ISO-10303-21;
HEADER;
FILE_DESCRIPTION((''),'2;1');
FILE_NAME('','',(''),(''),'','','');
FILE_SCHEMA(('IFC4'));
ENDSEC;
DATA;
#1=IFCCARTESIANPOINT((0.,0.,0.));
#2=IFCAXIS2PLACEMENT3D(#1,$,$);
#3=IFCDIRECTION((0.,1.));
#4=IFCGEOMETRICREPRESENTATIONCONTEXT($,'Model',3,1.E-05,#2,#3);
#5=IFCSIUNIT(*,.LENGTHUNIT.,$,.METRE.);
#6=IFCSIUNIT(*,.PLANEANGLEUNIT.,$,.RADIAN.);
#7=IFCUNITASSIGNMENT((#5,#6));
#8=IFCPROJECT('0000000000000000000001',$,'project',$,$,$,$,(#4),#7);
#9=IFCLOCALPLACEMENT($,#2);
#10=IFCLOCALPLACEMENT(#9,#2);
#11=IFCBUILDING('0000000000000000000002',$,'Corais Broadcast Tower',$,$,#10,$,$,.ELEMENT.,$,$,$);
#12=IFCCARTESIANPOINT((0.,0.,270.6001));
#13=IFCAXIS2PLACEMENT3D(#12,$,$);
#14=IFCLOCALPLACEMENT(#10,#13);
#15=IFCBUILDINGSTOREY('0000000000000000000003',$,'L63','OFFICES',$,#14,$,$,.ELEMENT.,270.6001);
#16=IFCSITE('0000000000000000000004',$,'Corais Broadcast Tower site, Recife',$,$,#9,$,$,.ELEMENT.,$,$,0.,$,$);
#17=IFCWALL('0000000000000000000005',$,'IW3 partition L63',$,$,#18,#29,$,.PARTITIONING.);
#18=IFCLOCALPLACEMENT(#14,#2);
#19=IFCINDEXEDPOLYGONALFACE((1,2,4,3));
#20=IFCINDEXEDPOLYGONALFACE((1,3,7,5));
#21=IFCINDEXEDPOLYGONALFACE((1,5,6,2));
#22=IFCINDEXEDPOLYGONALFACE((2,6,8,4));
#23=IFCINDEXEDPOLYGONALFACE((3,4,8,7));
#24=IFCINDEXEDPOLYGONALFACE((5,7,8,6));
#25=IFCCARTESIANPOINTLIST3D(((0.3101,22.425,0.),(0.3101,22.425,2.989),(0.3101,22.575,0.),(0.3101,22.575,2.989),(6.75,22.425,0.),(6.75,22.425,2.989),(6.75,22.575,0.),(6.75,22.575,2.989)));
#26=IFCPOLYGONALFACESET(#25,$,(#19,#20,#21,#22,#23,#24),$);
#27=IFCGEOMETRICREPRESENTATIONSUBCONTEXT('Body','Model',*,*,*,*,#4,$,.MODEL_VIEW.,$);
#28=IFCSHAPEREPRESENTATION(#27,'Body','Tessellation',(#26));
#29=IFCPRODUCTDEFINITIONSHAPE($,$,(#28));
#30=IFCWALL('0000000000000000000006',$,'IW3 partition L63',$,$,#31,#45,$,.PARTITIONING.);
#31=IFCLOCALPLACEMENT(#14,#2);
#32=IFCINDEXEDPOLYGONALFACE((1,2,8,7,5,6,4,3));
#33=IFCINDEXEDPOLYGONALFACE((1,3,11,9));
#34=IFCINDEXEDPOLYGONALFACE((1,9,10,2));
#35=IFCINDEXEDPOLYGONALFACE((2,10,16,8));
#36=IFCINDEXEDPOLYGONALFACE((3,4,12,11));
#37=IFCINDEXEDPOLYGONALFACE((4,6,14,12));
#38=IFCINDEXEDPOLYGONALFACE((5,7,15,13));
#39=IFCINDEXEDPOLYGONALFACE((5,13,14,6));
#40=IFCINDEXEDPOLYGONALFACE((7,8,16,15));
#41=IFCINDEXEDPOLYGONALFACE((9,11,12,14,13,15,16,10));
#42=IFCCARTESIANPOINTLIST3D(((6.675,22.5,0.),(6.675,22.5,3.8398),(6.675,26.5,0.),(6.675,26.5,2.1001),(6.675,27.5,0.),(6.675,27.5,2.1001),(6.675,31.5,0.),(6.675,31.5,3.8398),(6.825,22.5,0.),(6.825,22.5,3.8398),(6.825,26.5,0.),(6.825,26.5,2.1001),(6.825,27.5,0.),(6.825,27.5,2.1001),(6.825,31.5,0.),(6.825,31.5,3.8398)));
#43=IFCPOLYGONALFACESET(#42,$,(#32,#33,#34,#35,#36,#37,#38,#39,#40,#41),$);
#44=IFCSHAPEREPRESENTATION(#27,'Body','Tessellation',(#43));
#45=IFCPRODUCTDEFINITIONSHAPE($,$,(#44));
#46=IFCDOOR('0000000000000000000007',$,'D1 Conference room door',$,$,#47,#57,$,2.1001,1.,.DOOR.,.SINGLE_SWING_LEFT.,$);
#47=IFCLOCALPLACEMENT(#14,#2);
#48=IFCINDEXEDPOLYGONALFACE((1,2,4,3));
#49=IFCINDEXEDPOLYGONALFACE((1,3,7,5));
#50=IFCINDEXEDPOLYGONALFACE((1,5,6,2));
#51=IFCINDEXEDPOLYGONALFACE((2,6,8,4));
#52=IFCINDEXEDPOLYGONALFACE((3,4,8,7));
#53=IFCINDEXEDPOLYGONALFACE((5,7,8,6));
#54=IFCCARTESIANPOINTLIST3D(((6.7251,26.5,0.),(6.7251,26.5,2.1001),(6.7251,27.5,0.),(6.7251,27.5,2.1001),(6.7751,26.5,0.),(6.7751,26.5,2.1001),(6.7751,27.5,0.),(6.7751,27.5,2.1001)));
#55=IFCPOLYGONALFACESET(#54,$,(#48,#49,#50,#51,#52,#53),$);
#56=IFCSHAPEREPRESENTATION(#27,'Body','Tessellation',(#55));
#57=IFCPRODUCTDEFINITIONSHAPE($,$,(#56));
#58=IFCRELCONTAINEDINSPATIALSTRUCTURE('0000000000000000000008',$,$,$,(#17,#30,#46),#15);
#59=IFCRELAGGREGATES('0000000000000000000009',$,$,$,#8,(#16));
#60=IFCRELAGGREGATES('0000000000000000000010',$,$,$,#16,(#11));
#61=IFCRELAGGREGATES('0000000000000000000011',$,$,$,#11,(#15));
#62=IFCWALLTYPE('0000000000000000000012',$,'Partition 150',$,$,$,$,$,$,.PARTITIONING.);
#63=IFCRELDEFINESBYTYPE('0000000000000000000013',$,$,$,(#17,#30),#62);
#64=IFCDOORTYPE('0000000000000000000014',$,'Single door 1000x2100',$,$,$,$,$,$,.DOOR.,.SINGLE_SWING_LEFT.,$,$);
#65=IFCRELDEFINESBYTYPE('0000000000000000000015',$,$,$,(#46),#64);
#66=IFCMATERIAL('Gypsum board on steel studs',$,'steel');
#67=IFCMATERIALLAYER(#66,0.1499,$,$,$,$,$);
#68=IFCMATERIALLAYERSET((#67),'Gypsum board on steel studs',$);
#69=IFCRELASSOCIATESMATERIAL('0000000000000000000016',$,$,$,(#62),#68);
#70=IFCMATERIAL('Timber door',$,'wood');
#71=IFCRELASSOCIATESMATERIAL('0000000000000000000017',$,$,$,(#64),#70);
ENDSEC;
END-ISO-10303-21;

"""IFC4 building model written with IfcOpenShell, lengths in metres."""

from ifc_helpers import new_model, si_unit, direction, frame, frame_2d, origin, place, context, subcontext, project, spatial, rectangle, extrude, material, layer, layer_set, type_object, element, fill, save


model = new_model("IFC4")

# Units and contexts
model_context = context("Model", 3, precision=1e-05, world=origin(), true_north=direction((0.0, 1.0)))
body_context = subcontext(model_context, "Body", "Model", "MODEL_VIEW")
ifc_project = project(units=[si_unit("LENGTHUNIT", "METRE"), si_unit("PLANEANGLEUNIT", "RADIAN")], contexts=[model_context])

# Site, building, storey
site_placement = place(None, origin())
site = spatial("IfcSite", under=ifc_project, at=site_placement, Name="Corais Broadcast Tower site, Recife", CompositionType="ELEMENT", RefElevation=0.0)
building_placement = place(site_placement, origin())
building = spatial("IfcBuilding", under=site, at=building_placement, Name="Corais Broadcast Tower", CompositionType="ELEMENT")
storey_placement = place(building_placement, frame((0.0, 0.0, 270.6001)))
storey = spatial("IfcBuildingStorey", under=building, at=storey_placement, Name="L63", Description="OFFICES", CompositionType="ELEMENT", Elevation=270.6001)

# Wall
ifc_material_1 = material(Name="Gypsum board on steel studs", Category="steel")
ifc_layer_1 = layer(ifc_material_1, 0.1499)
ifc_layer_set_1 = layer_set([ifc_layer_1], Name="Gypsum board on steel studs")
wall_type = type_object("IfcWallType", Name="Partition 150", PredefinedType="PARTITIONING", material=ifc_layer_set_1)
wall_1_placement = place(storey_placement, frame((0.3101, 22.5, 0.0), z_axis=(0.0, 0.0, 1.0), x_axis=(1.0, 0.0, 0.0)))
element("IfcWall", 1, at=wall_1_placement, inside=storey, type_object=wall_type, Name="IW3 partition L63", PredefinedType="PARTITIONING", context=body_context, shape_type="SweptSolid", body=[
    extrude(rectangle(XDim=6.4399, YDim=0.1499, at=frame_2d((3.22, 0.0))), origin(), (0.0, 0.0, 1.0), 2.989),
])

# Wall, opening, door
wall_2_placement = place(storey_placement, frame((6.75, 22.5, 0.0), z_axis=(0.0, 0.0, 1.0), x_axis=(0.0, 1.0, 0.0)))
wall_2 = element("IfcWall", 2, at=wall_2_placement, inside=storey, type_object=wall_type, Name="IW3 partition L63", PredefinedType="PARTITIONING", context=body_context, shape_type="SweptSolid", body=[
    extrude(rectangle(XDim=9.0, YDim=0.1499, at=frame_2d((4.5, 0.0))), origin(), (0.0, 0.0, 1.0), 3.8398),
])
opening_placement = place(wall_2_placement, frame((4.0, 0.0, 0.0)))
opening = element("IfcOpeningElement", 3, at=opening_placement, cuts=wall_2, PredefinedType="OPENING", context=body_context, shape_type="SweptSolid", body=[
    extrude(rectangle(XDim=1.0, YDim=2.1001, at=frame_2d((0.5, 1.05))), frame((0.0, 0.085, 0.0), z_axis=(0.0, -1.0, 0.0), x_axis=(1.0, 0.0, 0.0)), (0.0, 0.0, 1.0), 0.1699),
])
ifc_material_2 = material(Name="Timber door", Category="wood")
door_type = type_object("IfcDoorType", Name="Single door 1000x2100", OperationType="SINGLE_SWING_LEFT", PredefinedType="DOOR", material=ifc_material_2)
door_placement = place(opening_placement, origin())
door = element("IfcDoor", 4, at=door_placement, inside=storey, type_object=door_type, Name="D1 Conference room door", OperationType="SINGLE_SWING_LEFT", OverallHeight=2.1001, OverallWidth=1.0, PredefinedType="DOOR", context=body_context, shape_type="SweptSolid", body=[
    extrude(rectangle(XDim=1.0, YDim=2.1001, at=frame_2d((0.5, 1.05))), frame((0.0, 0.0249, 0.0), z_axis=(0.0, -1.0, 0.0), x_axis=(1.0, 0.0, 0.0)), (0.0, 0.0, 1.0), 0.05),
])
fill(opening, door)

save(model, "model.ifc")
